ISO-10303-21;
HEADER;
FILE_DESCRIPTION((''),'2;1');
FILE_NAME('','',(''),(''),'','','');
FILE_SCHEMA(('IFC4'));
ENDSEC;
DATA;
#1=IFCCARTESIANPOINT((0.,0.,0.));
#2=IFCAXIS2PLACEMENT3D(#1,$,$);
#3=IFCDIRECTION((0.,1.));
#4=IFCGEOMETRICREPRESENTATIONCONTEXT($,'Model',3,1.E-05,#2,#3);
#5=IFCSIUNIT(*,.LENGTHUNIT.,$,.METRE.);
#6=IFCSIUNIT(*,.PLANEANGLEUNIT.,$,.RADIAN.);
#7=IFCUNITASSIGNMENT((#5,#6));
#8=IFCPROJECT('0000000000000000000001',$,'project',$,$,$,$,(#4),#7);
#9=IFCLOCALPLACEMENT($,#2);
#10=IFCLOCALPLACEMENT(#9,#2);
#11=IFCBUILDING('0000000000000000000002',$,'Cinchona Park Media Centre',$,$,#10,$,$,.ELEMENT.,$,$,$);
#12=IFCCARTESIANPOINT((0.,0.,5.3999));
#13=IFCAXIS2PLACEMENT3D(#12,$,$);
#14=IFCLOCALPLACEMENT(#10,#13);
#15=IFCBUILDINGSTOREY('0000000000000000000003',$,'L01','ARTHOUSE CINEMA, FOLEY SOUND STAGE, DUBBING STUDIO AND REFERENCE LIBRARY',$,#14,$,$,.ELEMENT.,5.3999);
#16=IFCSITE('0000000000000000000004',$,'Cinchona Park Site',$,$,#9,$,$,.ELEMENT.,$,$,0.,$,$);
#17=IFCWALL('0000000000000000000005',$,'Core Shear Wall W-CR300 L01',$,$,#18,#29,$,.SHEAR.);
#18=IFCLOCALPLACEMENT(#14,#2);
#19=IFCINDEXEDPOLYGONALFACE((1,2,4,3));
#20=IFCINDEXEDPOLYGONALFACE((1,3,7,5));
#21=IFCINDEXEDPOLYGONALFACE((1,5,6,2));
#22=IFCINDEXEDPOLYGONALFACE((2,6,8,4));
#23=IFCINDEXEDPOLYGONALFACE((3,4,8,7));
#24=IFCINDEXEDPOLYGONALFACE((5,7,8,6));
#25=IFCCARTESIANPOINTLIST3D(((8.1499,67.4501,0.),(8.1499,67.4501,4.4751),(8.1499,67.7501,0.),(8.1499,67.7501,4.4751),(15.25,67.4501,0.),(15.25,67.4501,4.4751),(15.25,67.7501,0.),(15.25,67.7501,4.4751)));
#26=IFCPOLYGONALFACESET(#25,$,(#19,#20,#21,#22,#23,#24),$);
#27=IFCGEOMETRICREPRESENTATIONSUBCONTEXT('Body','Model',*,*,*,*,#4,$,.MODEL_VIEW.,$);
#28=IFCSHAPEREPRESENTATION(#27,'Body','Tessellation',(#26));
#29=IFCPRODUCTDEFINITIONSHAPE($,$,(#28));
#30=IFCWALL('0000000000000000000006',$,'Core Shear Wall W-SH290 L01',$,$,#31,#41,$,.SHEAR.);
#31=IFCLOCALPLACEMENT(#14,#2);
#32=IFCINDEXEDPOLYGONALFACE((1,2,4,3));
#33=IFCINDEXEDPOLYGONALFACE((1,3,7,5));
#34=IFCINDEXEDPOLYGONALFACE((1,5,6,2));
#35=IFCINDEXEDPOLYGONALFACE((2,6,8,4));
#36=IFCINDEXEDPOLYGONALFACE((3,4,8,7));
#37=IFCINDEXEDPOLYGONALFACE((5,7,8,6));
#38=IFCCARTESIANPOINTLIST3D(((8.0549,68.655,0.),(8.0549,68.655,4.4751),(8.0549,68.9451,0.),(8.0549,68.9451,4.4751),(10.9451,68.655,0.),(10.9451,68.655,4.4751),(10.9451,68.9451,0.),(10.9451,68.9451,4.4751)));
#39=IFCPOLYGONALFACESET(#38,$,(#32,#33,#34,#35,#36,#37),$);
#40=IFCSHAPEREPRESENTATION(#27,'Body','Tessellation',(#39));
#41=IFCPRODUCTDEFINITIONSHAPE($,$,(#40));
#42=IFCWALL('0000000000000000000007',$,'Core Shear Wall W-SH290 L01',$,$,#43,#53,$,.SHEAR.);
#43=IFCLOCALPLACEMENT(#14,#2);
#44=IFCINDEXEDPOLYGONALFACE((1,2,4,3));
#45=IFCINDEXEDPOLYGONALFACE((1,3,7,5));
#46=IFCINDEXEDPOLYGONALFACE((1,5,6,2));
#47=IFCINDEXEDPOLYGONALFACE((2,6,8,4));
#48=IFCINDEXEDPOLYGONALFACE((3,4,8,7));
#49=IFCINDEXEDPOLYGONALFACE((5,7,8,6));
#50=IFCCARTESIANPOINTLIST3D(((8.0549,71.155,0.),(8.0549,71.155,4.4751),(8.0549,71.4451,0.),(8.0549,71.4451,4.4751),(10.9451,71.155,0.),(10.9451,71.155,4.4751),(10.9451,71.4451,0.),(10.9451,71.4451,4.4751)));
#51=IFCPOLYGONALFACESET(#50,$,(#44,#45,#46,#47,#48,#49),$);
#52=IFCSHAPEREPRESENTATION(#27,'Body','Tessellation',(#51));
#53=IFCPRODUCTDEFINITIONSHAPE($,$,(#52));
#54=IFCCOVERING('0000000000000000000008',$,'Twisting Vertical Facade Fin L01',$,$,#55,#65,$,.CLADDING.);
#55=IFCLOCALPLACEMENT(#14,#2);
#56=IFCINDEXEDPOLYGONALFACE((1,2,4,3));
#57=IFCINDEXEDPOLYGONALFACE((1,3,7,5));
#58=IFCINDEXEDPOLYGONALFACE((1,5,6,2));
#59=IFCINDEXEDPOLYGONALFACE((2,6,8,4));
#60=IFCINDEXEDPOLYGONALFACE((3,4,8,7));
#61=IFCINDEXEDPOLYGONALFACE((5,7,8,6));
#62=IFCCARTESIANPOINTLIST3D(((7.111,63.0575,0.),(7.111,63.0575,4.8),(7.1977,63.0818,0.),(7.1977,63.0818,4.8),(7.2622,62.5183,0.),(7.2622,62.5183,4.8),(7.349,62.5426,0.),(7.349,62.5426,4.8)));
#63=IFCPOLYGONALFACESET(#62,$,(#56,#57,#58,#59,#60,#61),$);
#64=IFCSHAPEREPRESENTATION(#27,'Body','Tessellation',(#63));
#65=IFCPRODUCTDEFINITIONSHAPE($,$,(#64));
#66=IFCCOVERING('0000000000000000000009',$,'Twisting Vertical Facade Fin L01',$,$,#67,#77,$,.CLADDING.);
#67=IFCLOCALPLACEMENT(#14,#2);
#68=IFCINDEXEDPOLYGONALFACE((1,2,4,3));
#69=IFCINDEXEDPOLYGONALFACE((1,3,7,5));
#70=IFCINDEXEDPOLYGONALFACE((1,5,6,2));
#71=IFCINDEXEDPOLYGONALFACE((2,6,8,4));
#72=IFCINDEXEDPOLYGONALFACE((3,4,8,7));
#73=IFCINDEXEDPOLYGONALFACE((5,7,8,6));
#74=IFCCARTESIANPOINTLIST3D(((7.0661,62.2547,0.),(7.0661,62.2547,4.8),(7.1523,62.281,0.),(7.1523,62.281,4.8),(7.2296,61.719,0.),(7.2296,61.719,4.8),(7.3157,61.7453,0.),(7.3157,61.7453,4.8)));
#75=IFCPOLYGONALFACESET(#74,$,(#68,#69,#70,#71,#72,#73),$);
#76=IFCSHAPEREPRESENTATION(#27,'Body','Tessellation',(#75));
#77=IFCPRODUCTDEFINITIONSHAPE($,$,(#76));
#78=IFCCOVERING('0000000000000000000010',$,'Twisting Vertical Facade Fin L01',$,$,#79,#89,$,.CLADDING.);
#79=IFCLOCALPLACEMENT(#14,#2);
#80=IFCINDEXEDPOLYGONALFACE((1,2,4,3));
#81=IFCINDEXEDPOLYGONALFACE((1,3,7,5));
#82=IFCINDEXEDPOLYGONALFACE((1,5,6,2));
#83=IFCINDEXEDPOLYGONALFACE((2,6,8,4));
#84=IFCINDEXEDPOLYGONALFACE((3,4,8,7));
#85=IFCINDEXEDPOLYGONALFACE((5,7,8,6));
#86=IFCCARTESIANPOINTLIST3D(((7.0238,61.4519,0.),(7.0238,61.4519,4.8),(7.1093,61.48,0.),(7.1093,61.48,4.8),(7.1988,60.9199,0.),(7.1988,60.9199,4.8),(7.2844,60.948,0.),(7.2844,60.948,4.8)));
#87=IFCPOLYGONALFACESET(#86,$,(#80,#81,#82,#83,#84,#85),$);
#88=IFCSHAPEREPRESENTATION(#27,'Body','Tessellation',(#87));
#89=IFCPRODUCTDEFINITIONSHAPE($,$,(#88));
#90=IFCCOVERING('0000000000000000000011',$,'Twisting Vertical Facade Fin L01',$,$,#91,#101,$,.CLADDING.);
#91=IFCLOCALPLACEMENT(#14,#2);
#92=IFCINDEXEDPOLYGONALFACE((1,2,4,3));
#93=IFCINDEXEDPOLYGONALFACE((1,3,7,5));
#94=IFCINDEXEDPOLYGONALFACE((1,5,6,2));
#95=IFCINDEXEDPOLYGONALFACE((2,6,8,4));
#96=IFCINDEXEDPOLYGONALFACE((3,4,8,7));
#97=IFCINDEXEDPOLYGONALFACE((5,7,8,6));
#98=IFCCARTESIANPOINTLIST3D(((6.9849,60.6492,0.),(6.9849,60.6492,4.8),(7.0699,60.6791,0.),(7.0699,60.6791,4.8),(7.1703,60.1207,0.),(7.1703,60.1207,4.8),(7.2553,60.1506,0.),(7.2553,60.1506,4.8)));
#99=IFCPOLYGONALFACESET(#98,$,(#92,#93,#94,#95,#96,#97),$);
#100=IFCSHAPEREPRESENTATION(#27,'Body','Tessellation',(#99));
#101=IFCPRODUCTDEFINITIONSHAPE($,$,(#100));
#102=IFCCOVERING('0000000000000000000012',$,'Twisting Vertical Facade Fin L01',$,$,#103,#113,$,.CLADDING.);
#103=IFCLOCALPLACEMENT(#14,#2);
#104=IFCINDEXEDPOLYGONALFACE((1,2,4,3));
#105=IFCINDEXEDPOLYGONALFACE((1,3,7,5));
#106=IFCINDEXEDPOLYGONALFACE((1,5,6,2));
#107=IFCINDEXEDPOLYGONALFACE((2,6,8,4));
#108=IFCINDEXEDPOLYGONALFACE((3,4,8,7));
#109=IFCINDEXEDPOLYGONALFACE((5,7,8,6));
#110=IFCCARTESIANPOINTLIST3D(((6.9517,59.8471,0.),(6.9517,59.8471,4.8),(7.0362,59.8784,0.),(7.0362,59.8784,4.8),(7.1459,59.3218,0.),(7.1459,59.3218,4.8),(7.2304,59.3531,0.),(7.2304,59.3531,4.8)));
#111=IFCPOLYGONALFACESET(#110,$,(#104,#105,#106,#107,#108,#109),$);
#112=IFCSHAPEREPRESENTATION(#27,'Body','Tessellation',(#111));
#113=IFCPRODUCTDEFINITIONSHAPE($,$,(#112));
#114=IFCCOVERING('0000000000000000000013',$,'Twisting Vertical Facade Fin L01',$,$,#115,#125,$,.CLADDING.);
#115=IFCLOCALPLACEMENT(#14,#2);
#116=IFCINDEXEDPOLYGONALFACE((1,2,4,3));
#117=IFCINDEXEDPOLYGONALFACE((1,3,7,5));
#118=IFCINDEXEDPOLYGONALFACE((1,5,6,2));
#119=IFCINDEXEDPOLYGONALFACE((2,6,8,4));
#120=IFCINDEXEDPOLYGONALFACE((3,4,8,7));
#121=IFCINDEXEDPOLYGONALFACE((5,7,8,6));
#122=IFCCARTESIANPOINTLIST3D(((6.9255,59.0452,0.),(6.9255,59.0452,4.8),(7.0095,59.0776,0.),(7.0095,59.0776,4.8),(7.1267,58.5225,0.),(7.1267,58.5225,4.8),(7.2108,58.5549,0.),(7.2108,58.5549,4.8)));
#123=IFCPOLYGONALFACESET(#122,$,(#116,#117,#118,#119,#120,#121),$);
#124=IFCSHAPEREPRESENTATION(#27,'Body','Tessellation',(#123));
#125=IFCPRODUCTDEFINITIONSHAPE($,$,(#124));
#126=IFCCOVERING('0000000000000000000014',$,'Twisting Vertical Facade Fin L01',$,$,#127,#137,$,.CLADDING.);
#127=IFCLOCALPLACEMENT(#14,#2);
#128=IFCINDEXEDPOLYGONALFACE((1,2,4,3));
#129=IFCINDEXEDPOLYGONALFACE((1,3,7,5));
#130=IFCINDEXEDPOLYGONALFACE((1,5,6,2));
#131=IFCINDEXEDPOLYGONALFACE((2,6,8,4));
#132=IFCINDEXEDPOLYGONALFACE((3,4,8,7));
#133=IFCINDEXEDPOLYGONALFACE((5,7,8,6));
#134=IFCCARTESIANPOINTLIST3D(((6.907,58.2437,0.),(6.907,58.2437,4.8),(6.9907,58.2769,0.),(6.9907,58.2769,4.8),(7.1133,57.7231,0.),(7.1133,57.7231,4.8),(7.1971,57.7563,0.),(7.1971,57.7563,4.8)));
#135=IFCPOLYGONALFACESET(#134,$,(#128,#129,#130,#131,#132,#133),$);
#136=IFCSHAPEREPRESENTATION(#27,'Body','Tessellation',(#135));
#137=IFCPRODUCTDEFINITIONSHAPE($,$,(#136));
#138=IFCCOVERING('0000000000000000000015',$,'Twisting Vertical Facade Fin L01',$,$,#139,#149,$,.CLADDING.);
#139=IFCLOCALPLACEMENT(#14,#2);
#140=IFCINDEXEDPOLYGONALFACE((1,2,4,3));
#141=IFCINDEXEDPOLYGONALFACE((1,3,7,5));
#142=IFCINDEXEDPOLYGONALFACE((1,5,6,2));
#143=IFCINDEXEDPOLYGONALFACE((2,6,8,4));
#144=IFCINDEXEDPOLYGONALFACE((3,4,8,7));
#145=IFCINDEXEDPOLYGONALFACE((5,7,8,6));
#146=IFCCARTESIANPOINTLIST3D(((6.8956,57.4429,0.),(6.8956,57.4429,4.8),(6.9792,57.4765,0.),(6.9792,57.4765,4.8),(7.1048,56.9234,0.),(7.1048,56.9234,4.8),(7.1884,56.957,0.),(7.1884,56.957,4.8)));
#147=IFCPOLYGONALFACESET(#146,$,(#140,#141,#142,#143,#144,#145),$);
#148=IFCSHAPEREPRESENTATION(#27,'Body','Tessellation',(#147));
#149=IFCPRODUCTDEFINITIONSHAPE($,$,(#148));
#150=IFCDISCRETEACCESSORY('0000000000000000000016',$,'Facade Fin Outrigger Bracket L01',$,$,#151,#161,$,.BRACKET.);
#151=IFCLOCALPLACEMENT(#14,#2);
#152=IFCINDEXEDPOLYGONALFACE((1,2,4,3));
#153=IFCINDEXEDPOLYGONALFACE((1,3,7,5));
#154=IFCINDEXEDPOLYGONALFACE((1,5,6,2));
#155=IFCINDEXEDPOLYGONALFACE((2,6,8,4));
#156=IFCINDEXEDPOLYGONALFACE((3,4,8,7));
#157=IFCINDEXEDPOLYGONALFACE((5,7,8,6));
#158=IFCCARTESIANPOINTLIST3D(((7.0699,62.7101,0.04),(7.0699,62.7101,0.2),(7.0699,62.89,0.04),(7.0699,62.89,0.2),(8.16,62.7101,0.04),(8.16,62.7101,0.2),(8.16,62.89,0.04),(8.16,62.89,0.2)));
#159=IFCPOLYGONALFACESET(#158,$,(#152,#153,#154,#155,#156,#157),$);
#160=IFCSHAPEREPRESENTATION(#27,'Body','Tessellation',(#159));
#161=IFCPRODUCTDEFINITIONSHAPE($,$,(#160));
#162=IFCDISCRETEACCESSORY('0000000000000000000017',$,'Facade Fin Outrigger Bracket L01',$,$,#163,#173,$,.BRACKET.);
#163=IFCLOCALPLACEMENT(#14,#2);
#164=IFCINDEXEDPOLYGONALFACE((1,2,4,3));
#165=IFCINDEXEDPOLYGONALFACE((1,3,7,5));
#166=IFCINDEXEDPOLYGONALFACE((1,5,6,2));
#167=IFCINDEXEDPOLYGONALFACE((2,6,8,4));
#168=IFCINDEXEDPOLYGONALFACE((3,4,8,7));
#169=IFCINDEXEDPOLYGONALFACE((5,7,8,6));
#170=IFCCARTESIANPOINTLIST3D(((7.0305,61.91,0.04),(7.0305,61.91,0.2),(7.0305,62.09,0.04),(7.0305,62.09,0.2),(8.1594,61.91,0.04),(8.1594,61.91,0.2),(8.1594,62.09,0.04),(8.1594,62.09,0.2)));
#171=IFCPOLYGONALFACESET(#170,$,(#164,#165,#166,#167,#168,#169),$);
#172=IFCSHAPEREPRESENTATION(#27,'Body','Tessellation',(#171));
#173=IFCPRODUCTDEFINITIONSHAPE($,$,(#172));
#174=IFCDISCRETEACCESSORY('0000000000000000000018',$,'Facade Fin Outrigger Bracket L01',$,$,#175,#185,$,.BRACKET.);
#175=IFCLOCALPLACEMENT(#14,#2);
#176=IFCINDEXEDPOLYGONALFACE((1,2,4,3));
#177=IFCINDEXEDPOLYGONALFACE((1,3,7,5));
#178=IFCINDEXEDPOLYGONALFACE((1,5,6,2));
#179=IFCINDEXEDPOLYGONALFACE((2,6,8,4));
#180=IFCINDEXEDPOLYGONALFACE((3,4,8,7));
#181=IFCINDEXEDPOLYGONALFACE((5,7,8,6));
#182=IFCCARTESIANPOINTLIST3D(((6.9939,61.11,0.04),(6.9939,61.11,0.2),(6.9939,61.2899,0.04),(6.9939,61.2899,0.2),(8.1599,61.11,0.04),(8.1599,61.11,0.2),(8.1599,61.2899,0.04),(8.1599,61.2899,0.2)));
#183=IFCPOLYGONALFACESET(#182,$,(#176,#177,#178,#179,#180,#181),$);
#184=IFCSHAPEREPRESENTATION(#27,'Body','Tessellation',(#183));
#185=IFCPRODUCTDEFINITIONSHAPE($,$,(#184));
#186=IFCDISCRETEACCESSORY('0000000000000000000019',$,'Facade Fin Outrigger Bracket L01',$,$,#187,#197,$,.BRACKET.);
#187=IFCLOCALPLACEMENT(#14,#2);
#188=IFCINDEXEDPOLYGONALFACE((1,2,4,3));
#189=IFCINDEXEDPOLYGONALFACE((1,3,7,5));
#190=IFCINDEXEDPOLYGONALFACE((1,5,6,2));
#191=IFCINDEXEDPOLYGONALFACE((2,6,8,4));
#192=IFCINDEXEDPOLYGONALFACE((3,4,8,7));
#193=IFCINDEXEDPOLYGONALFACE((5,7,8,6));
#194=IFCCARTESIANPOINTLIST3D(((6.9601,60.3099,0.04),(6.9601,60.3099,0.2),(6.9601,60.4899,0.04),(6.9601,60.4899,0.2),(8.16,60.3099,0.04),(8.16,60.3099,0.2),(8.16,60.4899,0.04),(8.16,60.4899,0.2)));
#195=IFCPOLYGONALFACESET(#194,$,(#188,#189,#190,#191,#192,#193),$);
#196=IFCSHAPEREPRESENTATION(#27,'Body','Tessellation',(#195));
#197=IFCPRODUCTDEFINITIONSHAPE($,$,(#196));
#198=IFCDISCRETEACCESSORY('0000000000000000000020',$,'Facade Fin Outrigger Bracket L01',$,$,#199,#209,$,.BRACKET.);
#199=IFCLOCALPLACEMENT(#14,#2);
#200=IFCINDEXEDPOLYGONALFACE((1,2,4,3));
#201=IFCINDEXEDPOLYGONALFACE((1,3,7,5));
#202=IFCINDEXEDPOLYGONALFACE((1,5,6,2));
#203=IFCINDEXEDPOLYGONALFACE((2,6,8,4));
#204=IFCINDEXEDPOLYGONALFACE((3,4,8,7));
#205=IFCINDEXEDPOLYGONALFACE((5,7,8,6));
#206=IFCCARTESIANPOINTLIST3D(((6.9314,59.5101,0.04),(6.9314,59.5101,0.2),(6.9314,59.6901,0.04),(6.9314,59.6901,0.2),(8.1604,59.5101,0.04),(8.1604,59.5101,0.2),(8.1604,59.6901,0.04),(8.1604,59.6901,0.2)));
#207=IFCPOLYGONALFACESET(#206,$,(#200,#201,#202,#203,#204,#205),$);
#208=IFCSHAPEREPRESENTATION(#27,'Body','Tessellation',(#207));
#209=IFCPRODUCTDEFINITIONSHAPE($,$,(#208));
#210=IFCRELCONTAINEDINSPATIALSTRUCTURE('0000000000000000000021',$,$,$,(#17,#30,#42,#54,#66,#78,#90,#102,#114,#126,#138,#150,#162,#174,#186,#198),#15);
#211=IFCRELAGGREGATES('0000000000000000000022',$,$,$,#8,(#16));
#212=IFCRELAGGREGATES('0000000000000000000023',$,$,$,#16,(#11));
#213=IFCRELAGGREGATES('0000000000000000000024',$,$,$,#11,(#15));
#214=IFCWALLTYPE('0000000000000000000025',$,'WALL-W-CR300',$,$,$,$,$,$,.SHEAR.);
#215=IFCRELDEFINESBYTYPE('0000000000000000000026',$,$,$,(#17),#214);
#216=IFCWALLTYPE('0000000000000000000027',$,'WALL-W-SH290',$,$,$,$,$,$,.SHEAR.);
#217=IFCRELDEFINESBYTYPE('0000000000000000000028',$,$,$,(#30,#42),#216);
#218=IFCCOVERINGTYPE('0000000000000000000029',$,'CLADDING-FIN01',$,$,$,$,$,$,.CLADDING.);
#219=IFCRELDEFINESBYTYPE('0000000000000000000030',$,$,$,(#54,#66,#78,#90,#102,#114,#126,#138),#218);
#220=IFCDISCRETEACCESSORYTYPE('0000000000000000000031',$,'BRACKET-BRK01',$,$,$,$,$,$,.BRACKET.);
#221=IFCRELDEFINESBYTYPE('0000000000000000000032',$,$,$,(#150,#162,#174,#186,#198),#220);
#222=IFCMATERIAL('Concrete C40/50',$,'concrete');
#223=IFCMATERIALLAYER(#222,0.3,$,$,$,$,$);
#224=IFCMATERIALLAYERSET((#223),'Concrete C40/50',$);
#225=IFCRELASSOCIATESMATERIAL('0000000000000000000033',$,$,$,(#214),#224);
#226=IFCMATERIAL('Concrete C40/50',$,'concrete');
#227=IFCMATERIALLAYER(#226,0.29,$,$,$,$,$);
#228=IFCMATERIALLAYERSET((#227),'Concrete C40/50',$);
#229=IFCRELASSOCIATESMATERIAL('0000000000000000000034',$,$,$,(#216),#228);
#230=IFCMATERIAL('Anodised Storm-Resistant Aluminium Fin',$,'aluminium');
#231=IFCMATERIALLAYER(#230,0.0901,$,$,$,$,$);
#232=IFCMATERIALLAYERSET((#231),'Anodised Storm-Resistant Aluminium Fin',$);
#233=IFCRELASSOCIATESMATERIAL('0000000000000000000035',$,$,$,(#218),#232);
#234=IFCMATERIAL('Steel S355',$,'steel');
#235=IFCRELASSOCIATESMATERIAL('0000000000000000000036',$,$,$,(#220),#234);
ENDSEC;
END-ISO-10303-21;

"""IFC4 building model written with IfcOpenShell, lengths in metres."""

from ifc_helpers import new_model, si_unit, direction, frame, frame_2d, origin, origin_2d, place, context, subcontext, project, spatial, rectangle, extrude, material, layer, layer_set, type_object, element, save


model = new_model("IFC4")

# Units and contexts
model_context = context("Model", 3, precision=1e-05, world=origin(), true_north=direction((0.0, 1.0)))
body_context = subcontext(model_context, "Body", "Model", "MODEL_VIEW")
ifc_project = project(units=[si_unit("LENGTHUNIT", "METRE"), si_unit("PLANEANGLEUNIT", "RADIAN")], contexts=[model_context])

# Site, building, storey
site_placement = place(None, origin())
site = spatial("IfcSite", under=ifc_project, at=site_placement, Name="Cinchona Park Site", CompositionType="ELEMENT", RefElevation=0.0)
building_placement = place(site_placement, origin())
building = spatial("IfcBuilding", under=site, at=building_placement, Name="Cinchona Park Media Centre", CompositionType="ELEMENT")
storey_placement = place(building_placement, frame((0.0, 0.0, 5.3999)))
storey = spatial("IfcBuildingStorey", under=building, at=storey_placement, Name="L01", Description="ARTHOUSE CINEMA, FOLEY SOUND STAGE, DUBBING STUDIO AND REFERENCE LIBRARY", CompositionType="ELEMENT", Elevation=5.3999)

# Walls
ifc_material_1 = material(Name="Concrete C40/50", Category="concrete")
ifc_layer_1 = layer(ifc_material_1, 0.3)
ifc_layer_set_1 = layer_set([ifc_layer_1], Name="Concrete C40/50")
wall_type_1 = type_object("IfcWallType", Name="WALL-W-CR300", PredefinedType="SHEAR", material=ifc_layer_set_1)
wall_1_placement = place(storey_placement, frame((8.1499, 67.6001, 0.0), z_axis=(0.0, 0.0, 1.0), x_axis=(1.0, 0.0, 0.0)))
element("IfcWall", 1, at=wall_1_placement, inside=storey, type_object=wall_type_1, Name="Core Shear Wall W-CR300 L01", PredefinedType="SHEAR", context=body_context, shape_type="SweptSolid", body=[
    extrude(rectangle(XDim=7.1001, YDim=0.3, at=frame_2d((3.55, 0.0))), origin(), (0.0, 0.0, 1.0), 4.4751),
])
ifc_material_2 = material(Name="Concrete C40/50", Category="concrete")
ifc_layer_2 = layer(ifc_material_2, 0.29)
ifc_layer_set_2 = layer_set([ifc_layer_2], Name="Concrete C40/50")
wall_type_2 = type_object("IfcWallType", Name="WALL-W-SH290", PredefinedType="SHEAR", material=ifc_layer_set_2)
for number, where, z_axis, x_axis, name in (
    (2, (8.0549, 68.8, 0.0), (0.0, 0.0, 1.0), (1.0, 0.0, 0.0), "Core Shear Wall W-SH290 L01"),
    (3, (8.0549, 71.3, 0.0), (0.0, 0.0, 1.0), (1.0, 0.0, 0.0), "Core Shear Wall W-SH290 L01"),
):
    element("IfcWall", number, at=place(storey_placement, frame(where, z_axis=z_axis, x_axis=x_axis)), inside=storey, type_object=wall_type_2, Name=name, PredefinedType="SHEAR", context=body_context, shape_type="SweptSolid", body=[
        extrude(rectangle(XDim=2.8901, YDim=0.29, at=frame_2d((1.4451, 0.0))), origin(), (0.0, 0.0, 1.0), 4.4751),
    ])

# Coverings
ifc_material_3 = material(Name="Anodised Storm-Resistant Aluminium Fin", Category="aluminium")
ifc_layer_3 = layer(ifc_material_3, 0.0901)
ifc_layer_set_3 = layer_set([ifc_layer_3], Name="Anodised Storm-Resistant Aluminium Fin")
covering_type = type_object("IfcCoveringType", Name="CLADDING-FIN01", PredefinedType="CLADDING", material=ifc_layer_set_3)
for number, where, z_axis, x_axis, name in (
    (4, (7.23, 62.8, 0.0), (0.0, 0.0, 1.0), (0.270096, -0.962833, 0.0), "Twisting Vertical Facade Fin L01"),
    (5, (7.1909, 62.0, 0.0), (0.0, 0.0, 1.0), (0.291871, -0.956458, 0.0), "Twisting Vertical Facade Fin L01"),
    (6, (7.1541, 61.2, 0.0), (0.0, 0.0, 1.0), (0.312501, -0.949918, 0.0), "Twisting Vertical Facade Fin L01"),
    (7, (7.1201, 60.3999, 0.0), (0.0, 0.0, 1.0), (0.331009, -0.943628, 0.0), "Twisting Vertical Facade Fin L01"),
    (8, (7.0911, 59.6001, 0.0), (0.0, 0.0, 1.0), (0.346772, -0.937949, 0.0), "Twisting Vertical Facade Fin L01"),
    (9, (7.0681, 58.8, 0.0), (0.0, 0.0, 1.0), (0.359345, -0.933205, 0.0), "Twisting Vertical Facade Fin L01"),
    (10, (7.052, 58.0, 0.0), (0.0, 0.0, 1.0), (0.368449, -0.929648, 0.0), "Twisting Vertical Facade Fin L01"),
    (11, (7.042, 57.2, 0.0), (0.0, 0.0, 1.0), (0.373474, -0.927641, 0.0), "Twisting Vertical Facade Fin L01"),
):
    element("IfcCovering", number, at=place(storey_placement, frame(where, z_axis=z_axis, x_axis=x_axis)), inside=storey, type_object=covering_type, Name=name, PredefinedType="CLADDING", context=body_context, shape_type="SweptSolid", body=[
        extrude(rectangle(XDim=0.5601, YDim=0.0901, at=origin_2d()), origin(), (0.0, 0.0, 1.0), 4.8),
    ])

# Discrete accessories
ifc_material_4 = material(Name="Steel S355", Category="steel")
discrete_accessory_type = type_object("IfcDiscreteAccessoryType", Name="BRACKET-BRK01", PredefinedType="BRACKET", material=ifc_material_4)
discrete_accessory_1_placement = place(storey_placement, frame((7.615, 62.8, 0.04), z_axis=(0.0, 0.0, 1.0), x_axis=(0.0, -1.0, 0.0)))
element("IfcDiscreteAccessory", 12, at=discrete_accessory_1_placement, inside=storey, type_object=discrete_accessory_type, Name="Facade Fin Outrigger Bracket L01", PredefinedType="BRACKET", context=body_context, shape_type="SweptSolid", body=[
    extrude(rectangle(XDim=0.1799, YDim=1.0901, at=origin_2d()), origin(), (0.0, 0.0, 1.0), 0.1599),
])
discrete_accessory_2_placement = place(storey_placement, frame((7.595, 62.0, 0.04), z_axis=(0.0, 0.0, 1.0), x_axis=(0.0, -1.0, 0.0)))
element("IfcDiscreteAccessory", 13, at=discrete_accessory_2_placement, inside=storey, type_object=discrete_accessory_type, Name="Facade Fin Outrigger Bracket L01", PredefinedType="BRACKET", context=body_context, shape_type="SweptSolid", body=[
    extrude(rectangle(XDim=0.1799, YDim=1.1289, at=origin_2d()), origin(), (0.0, 0.0, 1.0), 0.1599),
])
discrete_accessory_3_placement = place(storey_placement, frame((7.5769, 61.2, 0.04), z_axis=(0.0, 0.0, 1.0), x_axis=(0.0, -1.0, 0.0)))
element("IfcDiscreteAccessory", 14, at=discrete_accessory_3_placement, inside=storey, type_object=discrete_accessory_type, Name="Facade Fin Outrigger Bracket L01", PredefinedType="BRACKET", context=body_context, shape_type="SweptSolid", body=[
    extrude(rectangle(XDim=0.1799, YDim=1.166, at=origin_2d()), origin(), (0.0, 0.0, 1.0), 0.1599),
])
discrete_accessory_4_placement = place(storey_placement, frame((7.5601, 60.3999, 0.04), z_axis=(0.0, 0.0, 1.0), x_axis=(0.0, -1.0, 0.0)))
element("IfcDiscreteAccessory", 15, at=discrete_accessory_4_placement, inside=storey, type_object=discrete_accessory_type, Name="Facade Fin Outrigger Bracket L01", PredefinedType="BRACKET", context=body_context, shape_type="SweptSolid", body=[
    extrude(rectangle(XDim=0.1799, YDim=1.2, at=origin_2d()), origin(), (0.0, 0.0, 1.0), 0.1599),
])
discrete_accessory_5_placement = place(storey_placement, frame((7.5459, 59.6001, 0.04), z_axis=(0.0, 0.0, 1.0), x_axis=(0.0, -1.0, 0.0)))
element("IfcDiscreteAccessory", 16, at=discrete_accessory_5_placement, inside=storey, type_object=discrete_accessory_type, Name="Facade Fin Outrigger Bracket L01", PredefinedType="BRACKET", context=body_context, shape_type="SweptSolid", body=[
    extrude(rectangle(XDim=0.1799, YDim=1.229, at=origin_2d()), origin(), (0.0, 0.0, 1.0), 0.1599),
])

save(model, "model.ifc")
